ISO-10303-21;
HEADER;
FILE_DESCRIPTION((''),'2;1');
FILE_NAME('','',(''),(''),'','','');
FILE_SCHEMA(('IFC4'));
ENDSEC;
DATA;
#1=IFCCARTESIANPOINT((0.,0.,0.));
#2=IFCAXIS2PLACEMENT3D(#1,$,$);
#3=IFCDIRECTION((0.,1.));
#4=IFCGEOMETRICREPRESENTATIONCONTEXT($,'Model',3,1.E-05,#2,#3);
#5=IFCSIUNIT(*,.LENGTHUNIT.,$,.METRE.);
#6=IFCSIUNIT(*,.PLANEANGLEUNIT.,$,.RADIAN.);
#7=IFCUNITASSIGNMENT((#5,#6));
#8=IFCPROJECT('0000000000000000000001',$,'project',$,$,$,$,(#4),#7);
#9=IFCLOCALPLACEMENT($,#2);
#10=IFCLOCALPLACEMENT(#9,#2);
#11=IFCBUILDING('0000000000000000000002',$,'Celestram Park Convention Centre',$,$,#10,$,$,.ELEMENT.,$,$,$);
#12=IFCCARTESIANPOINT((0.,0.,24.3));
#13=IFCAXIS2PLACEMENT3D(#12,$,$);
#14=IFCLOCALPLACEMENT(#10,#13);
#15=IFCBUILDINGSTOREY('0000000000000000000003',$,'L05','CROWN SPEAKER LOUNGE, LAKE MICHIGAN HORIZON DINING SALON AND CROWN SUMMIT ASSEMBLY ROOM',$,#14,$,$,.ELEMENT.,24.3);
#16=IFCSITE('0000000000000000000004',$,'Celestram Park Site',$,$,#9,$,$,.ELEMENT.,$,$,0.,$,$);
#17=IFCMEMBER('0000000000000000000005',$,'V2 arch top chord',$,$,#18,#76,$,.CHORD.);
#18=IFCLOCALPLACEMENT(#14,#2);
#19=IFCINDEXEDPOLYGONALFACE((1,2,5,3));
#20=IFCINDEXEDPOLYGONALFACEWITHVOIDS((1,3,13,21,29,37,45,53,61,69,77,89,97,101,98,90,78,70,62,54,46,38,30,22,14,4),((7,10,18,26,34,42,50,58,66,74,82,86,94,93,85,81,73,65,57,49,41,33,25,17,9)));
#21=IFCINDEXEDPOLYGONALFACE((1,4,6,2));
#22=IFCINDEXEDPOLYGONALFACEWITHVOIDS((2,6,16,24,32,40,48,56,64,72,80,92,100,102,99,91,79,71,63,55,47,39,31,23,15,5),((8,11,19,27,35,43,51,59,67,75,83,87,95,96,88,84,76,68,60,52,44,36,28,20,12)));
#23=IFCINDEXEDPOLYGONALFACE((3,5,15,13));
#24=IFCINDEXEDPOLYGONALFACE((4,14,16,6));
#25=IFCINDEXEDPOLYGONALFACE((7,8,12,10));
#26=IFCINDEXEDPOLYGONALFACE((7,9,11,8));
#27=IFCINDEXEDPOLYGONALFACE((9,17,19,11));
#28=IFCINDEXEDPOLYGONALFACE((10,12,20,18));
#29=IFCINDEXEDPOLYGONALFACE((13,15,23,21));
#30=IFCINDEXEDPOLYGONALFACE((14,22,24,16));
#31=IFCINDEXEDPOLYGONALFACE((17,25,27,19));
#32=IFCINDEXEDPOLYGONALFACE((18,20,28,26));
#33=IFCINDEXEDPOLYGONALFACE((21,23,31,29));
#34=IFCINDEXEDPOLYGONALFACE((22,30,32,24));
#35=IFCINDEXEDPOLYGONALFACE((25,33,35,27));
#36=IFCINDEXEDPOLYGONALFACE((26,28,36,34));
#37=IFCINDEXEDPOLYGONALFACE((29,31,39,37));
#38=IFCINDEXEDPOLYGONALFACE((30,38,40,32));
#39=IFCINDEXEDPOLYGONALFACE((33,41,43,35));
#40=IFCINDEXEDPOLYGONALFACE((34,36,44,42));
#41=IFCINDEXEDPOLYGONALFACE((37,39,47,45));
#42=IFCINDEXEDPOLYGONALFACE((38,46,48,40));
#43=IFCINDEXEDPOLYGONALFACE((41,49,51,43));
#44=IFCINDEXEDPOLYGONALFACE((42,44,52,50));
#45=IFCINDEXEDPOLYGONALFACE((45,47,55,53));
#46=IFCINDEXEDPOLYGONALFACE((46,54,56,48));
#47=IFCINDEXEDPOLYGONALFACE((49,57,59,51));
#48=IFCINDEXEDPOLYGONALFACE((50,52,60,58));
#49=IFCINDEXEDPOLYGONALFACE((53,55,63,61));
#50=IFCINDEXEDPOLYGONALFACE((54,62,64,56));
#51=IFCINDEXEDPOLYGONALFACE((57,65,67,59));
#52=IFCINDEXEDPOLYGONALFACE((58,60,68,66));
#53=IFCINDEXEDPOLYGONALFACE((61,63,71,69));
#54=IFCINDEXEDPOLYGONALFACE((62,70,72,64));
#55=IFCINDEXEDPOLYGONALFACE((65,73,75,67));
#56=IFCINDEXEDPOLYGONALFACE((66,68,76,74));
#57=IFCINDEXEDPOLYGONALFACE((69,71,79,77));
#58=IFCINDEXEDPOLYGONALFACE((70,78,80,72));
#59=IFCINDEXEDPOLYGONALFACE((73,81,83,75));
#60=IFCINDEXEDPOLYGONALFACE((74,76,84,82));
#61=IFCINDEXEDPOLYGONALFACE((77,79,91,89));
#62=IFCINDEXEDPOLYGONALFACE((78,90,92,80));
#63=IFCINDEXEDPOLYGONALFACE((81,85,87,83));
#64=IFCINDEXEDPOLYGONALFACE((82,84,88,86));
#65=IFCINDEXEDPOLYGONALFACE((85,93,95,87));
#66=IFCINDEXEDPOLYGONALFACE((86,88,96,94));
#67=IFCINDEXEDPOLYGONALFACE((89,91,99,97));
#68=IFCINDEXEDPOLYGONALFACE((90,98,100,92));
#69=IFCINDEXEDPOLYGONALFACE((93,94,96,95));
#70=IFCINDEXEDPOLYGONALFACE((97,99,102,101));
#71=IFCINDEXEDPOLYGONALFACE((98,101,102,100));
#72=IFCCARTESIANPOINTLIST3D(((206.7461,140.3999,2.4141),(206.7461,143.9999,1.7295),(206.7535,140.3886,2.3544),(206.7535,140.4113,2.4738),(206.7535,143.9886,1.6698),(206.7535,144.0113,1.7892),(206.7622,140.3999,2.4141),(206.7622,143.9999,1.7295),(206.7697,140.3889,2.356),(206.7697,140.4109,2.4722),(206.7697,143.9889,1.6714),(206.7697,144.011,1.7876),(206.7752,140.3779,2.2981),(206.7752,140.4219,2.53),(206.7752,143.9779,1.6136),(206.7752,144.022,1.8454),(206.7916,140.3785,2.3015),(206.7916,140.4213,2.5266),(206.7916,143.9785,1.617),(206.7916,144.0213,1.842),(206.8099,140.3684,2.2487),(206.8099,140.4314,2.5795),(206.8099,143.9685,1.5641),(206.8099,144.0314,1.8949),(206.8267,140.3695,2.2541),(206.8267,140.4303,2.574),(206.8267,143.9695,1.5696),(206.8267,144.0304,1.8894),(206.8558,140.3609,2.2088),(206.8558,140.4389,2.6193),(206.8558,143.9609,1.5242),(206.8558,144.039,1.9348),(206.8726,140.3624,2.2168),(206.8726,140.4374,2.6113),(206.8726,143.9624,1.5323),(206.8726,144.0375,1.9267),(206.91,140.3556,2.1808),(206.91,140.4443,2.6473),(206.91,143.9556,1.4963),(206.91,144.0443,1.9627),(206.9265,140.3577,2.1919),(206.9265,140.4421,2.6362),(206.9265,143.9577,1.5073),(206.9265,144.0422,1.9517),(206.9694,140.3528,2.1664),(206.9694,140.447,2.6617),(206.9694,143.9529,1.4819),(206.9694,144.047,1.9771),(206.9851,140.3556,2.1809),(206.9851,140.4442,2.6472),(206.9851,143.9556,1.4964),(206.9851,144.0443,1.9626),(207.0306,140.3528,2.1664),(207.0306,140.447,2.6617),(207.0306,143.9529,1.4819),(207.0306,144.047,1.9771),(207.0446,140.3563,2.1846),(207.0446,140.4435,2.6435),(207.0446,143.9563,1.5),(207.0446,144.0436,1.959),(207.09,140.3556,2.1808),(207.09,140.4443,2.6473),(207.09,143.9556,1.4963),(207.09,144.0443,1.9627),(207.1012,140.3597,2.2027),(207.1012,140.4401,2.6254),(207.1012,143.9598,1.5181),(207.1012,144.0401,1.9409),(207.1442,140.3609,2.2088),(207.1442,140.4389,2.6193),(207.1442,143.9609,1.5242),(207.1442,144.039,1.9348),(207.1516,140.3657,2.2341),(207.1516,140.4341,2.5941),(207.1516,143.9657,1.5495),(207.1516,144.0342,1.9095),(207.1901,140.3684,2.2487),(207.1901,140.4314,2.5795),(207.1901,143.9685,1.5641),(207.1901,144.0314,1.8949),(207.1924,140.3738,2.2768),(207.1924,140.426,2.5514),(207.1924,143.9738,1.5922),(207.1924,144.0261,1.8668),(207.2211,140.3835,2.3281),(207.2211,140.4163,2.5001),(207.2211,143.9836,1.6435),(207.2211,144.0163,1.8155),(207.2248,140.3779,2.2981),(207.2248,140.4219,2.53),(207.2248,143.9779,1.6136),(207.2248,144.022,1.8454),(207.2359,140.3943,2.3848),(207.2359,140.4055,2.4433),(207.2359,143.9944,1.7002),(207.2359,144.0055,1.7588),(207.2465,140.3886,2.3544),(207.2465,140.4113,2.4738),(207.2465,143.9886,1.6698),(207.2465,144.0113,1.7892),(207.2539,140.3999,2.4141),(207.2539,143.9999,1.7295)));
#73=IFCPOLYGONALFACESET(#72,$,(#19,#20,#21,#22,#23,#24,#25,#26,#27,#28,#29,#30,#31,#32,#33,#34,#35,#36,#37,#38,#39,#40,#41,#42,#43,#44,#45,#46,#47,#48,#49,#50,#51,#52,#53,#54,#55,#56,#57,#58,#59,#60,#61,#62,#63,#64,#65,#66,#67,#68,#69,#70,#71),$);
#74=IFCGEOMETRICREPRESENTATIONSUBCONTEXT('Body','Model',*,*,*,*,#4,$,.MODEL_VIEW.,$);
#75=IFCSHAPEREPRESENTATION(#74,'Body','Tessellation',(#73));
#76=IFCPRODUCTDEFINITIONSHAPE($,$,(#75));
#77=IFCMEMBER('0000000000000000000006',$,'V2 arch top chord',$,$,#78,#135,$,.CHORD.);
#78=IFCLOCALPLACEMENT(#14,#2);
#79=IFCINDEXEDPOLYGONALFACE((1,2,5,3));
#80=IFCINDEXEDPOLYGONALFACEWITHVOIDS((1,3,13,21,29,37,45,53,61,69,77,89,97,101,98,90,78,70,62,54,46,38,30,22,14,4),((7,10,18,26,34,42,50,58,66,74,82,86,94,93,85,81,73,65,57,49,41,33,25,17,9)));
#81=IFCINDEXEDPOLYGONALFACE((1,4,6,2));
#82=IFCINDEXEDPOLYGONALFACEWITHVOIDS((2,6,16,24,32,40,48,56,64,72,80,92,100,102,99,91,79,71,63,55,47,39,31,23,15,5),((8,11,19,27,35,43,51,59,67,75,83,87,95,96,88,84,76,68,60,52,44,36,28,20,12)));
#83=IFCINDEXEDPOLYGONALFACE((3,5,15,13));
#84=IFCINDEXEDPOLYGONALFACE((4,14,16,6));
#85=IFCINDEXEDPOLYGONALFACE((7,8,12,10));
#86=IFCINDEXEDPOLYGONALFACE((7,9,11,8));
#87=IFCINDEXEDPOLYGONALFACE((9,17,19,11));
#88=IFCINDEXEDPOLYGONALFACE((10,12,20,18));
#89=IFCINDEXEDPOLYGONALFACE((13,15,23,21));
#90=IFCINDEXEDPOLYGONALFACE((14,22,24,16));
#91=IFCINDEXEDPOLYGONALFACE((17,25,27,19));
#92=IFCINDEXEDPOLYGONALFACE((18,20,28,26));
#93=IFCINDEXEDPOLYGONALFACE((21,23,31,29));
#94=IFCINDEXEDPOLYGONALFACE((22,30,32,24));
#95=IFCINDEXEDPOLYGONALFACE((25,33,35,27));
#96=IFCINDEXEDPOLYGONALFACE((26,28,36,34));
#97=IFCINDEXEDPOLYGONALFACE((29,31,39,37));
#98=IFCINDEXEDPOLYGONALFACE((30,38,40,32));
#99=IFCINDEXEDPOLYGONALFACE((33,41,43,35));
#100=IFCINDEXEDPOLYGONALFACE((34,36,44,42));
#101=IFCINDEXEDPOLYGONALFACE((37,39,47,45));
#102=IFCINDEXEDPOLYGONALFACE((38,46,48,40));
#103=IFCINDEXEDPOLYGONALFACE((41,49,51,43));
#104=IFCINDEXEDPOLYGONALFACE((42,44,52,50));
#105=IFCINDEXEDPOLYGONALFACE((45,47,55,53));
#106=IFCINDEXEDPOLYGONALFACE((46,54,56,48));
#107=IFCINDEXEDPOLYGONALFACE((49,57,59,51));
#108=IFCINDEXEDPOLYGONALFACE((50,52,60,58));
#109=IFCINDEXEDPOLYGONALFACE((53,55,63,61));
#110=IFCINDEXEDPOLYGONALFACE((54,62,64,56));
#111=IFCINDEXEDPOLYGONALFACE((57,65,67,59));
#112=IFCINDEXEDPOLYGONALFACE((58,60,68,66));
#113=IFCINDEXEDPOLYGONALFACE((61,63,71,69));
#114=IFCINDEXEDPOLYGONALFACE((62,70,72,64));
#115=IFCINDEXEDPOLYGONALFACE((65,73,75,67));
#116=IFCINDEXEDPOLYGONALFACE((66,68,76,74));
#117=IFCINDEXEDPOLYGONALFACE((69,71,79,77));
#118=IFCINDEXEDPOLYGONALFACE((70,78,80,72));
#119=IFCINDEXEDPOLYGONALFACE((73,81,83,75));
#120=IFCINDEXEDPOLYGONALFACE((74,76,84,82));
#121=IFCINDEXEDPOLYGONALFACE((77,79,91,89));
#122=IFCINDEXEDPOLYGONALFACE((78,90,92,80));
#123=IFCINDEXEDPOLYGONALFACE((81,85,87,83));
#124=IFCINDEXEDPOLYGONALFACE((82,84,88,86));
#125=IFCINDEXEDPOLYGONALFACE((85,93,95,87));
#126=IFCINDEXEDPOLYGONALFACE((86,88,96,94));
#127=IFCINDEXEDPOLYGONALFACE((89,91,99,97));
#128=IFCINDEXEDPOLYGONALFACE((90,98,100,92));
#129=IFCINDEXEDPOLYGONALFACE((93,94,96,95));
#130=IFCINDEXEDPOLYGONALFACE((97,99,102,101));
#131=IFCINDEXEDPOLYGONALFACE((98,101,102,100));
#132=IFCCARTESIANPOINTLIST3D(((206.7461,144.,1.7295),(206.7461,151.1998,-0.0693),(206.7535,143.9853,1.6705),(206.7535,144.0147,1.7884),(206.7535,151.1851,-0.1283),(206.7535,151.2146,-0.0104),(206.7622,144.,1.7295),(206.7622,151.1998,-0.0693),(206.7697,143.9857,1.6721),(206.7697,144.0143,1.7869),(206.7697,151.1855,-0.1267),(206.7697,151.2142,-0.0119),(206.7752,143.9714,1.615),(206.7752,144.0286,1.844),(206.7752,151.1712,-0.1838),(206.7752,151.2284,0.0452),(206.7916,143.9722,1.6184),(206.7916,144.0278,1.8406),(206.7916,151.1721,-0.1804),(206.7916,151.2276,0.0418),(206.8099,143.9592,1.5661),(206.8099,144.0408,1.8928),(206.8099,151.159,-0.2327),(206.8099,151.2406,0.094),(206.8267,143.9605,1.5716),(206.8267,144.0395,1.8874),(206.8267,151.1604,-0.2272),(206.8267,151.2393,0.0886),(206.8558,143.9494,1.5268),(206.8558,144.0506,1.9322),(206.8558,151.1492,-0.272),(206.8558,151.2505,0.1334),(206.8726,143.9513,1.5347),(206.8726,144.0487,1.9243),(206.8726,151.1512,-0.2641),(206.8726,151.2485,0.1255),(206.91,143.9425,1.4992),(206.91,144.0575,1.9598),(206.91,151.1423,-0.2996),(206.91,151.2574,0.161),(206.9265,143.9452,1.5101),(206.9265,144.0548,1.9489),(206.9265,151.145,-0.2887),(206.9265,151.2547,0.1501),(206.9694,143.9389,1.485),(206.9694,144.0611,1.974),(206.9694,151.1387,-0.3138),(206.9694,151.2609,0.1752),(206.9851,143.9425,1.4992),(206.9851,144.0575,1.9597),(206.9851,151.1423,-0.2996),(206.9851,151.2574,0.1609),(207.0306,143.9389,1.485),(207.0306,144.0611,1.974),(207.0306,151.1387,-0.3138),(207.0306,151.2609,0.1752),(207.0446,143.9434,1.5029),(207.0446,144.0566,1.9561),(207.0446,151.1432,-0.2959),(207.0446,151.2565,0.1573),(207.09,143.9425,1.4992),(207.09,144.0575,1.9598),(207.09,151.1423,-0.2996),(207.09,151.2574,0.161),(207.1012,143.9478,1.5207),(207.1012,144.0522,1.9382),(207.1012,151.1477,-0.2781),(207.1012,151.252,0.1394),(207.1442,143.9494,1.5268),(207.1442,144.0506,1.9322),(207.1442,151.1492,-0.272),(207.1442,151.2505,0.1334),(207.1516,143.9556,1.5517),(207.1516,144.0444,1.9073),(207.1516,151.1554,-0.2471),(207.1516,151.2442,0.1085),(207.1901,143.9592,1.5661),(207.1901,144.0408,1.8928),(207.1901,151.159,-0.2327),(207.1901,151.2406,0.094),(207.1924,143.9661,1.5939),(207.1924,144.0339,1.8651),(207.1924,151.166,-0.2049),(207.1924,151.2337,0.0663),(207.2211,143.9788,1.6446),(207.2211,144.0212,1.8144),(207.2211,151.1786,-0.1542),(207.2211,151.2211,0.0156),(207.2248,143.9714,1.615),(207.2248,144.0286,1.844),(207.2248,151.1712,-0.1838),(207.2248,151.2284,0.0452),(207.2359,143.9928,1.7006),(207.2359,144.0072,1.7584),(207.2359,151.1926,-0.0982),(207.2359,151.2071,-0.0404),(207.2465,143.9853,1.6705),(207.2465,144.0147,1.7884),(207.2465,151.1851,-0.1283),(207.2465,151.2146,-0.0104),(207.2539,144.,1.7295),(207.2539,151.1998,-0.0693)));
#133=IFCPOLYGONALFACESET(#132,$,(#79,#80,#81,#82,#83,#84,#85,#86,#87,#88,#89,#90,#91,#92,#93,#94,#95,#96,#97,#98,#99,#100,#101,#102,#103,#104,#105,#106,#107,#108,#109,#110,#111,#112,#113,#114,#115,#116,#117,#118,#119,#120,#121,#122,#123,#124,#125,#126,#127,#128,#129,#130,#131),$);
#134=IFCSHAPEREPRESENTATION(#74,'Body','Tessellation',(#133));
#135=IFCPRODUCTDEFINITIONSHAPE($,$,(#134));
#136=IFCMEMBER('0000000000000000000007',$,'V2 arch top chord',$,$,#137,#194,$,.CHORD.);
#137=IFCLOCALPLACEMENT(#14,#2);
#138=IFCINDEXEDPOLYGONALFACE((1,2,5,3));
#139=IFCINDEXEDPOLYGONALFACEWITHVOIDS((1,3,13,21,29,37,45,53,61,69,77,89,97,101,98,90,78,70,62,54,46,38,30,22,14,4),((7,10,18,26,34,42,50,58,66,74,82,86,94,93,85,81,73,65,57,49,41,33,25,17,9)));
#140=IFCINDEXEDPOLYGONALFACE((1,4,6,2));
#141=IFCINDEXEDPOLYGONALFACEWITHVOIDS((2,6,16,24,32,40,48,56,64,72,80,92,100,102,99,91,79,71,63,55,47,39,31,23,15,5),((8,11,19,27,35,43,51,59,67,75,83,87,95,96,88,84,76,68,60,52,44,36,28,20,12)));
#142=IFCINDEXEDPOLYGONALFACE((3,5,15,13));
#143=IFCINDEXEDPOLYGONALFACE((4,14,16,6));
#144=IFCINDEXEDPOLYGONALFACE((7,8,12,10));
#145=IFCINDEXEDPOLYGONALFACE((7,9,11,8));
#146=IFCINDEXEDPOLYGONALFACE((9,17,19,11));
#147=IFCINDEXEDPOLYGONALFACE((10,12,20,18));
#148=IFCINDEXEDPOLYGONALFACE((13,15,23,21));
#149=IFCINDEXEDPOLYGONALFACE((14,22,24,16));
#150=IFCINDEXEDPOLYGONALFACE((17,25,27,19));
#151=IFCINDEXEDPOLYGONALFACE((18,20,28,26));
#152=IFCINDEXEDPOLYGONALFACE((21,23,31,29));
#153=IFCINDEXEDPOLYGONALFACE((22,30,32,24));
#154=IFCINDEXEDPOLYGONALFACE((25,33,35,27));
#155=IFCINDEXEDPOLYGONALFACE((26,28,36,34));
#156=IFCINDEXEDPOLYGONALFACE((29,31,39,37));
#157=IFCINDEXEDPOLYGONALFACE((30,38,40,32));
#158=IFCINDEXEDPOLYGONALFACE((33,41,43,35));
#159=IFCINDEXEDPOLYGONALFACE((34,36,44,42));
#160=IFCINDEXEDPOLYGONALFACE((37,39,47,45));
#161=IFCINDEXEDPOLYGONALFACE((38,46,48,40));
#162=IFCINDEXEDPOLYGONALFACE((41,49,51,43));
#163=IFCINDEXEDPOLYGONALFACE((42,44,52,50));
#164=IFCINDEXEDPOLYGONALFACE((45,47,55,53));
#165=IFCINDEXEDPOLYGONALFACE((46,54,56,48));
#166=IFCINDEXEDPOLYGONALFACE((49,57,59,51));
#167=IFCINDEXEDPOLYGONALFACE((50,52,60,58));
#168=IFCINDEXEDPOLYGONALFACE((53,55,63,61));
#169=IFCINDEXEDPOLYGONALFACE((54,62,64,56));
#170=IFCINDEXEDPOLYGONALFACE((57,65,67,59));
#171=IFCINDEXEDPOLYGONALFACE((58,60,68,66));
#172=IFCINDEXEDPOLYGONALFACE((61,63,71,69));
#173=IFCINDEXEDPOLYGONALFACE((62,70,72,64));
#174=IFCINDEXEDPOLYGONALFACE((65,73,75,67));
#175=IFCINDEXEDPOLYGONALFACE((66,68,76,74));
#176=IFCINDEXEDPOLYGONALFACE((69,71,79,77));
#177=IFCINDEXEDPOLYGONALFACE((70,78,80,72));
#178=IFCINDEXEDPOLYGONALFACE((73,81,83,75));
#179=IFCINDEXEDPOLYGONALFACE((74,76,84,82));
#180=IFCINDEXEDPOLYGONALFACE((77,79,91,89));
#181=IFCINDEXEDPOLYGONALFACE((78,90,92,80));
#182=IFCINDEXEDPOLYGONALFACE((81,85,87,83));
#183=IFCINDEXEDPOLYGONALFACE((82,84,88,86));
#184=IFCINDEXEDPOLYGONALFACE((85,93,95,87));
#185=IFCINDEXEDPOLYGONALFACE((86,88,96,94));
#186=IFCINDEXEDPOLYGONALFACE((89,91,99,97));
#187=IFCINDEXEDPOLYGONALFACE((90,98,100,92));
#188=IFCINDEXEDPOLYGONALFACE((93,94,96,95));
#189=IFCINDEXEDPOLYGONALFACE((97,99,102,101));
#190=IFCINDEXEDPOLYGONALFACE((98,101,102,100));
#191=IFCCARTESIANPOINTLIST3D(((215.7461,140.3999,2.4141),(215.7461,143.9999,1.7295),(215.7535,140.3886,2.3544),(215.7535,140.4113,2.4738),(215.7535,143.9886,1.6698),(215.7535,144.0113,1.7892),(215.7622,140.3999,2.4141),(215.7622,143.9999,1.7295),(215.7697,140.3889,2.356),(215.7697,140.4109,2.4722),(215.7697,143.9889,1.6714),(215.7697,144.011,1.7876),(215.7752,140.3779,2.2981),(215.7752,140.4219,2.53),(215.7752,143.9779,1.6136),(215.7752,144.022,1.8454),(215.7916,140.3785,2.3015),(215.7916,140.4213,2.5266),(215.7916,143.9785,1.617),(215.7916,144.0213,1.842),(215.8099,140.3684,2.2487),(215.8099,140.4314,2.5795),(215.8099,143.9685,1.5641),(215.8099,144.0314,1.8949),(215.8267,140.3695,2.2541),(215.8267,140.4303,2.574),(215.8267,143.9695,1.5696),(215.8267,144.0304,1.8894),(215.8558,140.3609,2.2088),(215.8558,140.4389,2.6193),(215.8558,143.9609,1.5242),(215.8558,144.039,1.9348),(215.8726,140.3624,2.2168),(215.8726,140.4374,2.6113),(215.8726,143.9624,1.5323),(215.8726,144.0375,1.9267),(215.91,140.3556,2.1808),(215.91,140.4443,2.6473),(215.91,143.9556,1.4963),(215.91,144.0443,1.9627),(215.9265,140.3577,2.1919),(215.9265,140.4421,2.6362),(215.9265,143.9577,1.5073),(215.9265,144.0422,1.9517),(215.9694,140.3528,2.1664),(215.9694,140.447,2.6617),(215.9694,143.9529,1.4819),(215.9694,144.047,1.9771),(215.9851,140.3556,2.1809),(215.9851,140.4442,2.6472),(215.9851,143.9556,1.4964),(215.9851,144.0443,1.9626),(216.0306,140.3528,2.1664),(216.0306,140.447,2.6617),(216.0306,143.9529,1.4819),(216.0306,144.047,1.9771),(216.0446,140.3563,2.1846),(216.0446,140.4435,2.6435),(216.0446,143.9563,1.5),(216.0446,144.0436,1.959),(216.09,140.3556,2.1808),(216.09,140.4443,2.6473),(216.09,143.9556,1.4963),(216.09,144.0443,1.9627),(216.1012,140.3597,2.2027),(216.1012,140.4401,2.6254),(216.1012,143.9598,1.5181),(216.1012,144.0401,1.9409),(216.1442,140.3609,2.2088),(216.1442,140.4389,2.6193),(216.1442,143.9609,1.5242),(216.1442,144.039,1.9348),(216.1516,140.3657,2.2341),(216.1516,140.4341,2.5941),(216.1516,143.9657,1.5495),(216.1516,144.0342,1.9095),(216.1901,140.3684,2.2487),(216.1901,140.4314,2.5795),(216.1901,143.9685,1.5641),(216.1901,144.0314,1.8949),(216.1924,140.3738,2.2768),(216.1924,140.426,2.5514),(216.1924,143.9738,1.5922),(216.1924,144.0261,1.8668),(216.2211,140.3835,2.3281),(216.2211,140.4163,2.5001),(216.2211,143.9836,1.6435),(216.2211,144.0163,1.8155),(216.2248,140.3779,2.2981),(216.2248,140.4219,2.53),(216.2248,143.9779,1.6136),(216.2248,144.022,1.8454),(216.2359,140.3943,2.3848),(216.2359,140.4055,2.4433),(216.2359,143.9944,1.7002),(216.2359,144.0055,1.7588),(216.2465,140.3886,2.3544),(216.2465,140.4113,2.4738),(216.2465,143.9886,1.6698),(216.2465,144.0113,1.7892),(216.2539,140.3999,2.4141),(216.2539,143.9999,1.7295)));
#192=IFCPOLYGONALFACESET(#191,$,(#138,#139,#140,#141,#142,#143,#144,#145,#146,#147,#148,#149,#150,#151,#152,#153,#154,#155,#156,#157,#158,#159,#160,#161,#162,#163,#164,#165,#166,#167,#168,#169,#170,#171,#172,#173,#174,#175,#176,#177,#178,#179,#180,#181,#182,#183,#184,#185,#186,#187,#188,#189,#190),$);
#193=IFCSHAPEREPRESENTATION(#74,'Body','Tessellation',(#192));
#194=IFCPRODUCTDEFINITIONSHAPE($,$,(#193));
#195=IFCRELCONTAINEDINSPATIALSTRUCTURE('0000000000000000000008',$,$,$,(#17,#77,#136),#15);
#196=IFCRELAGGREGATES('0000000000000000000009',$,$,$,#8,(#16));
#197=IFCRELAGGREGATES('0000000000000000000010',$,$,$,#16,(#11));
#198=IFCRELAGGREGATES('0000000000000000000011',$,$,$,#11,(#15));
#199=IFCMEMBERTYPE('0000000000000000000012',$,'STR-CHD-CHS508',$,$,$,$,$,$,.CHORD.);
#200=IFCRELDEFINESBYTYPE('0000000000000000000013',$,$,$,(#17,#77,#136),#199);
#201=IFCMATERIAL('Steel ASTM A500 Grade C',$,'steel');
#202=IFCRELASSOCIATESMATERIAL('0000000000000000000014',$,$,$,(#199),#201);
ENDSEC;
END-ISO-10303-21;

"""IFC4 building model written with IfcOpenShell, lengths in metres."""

from ifc_helpers import new_model, si_unit, direction, frame, origin, origin_2d, place, context, subcontext, project, spatial, hollow_circle, extrude, material, material_profile, profile_set, type_object, element, save


model = new_model("IFC4")

# Units and contexts
model_context = context("Model", 3, precision=1e-05, world=origin(), true_north=direction((0.0, 1.0)))
body_context = subcontext(model_context, "Body", "Model", "MODEL_VIEW")
ifc_project = project(units=[si_unit("LENGTHUNIT", "METRE"), si_unit("PLANEANGLEUNIT", "RADIAN")], contexts=[model_context])

# Site, building, storey
site_placement = place(None, origin())
site = spatial("IfcSite", under=ifc_project, at=site_placement, Name="Celestram Park Site", CompositionType="ELEMENT", RefElevation=0.0)
building_placement = place(site_placement, origin())
building = spatial("IfcBuilding", under=site, at=building_placement, Name="Celestram Park Convention Centre", CompositionType="ELEMENT")
storey_placement = place(building_placement, frame((0.0, 0.0, 24.3)))
storey = spatial("IfcBuildingStorey", under=building, at=storey_placement, Name="L05", Description="CROWN SPEAKER LOUNGE, LAKE MICHIGAN HORIZON DINING SALON AND CROWN SUMMIT ASSEMBLY ROOM", CompositionType="ELEMENT", Elevation=24.3)

# Members
ifc_material_1 = material(Name="Steel ASTM A500 Grade C", Category="steel")
ifc_material_profile_1 = material_profile(ifc_material_1, hollow_circle(Radius=0.2539, WallThickness=0.0161, at=origin_2d()), Name="CHS508X16")
ifc_profile_set_1 = profile_set([ifc_material_profile_1], Name="Steel ASTM A500 Grade C")
member_type_1 = type_object("IfcMemberType", Name="STR-CHD-CHS508", PredefinedType="CHORD", material=ifc_profile_set_1)
member_1_placement = place(storey_placement, frame((207.0, 140.3999, 2.4141), z_axis=(0.0, 0.982397, -0.186806), x_axis=(-1.0, 0.0, 0.0)))
element("IfcMember", 1, at=member_1_placement, inside=storey, type_object=member_type_1, Name="V2 arch top chord", PredefinedType="CHORD", context=body_context, shape_type="SweptSolid", body=[
    extrude(hollow_circle(Radius=0.2539, WallThickness=0.0161, at=origin_2d()), origin(), (0.0, 0.0, 1.0), 3.6646),
])
member_2_placement = place(storey_placement, frame((207.0, 144.0, 1.7295), z_axis=(0.0, 0.970179, -0.242389), x_axis=(-1.0, 0.0, 0.0)))
element("IfcMember", 2, at=member_2_placement, inside=storey, type_object=member_type_1, Name="V2 arch top chord", PredefinedType="CHORD", context=body_context, shape_type="SweptSolid", body=[
    extrude(hollow_circle(Radius=0.2539, WallThickness=0.0161, at=origin_2d()), origin(), (0.0, 0.0, 1.0), 7.4211),
])
member_3_placement = place(storey_placement, frame((216.0, 140.3999, 2.4141), z_axis=(0.0, 0.982397, -0.186806), x_axis=(-1.0, 0.0, 0.0)))
element("IfcMember", 3, at=member_3_placement, inside=storey, type_object=member_type_1, Name="V2 arch top chord", PredefinedType="CHORD", context=body_context, shape_type="SweptSolid", body=[
    extrude(hollow_circle(Radius=0.2539, WallThickness=0.0161, at=origin_2d()), origin(), (0.0, 0.0, 1.0), 3.6646),
])

save(model, "model.ifc")
